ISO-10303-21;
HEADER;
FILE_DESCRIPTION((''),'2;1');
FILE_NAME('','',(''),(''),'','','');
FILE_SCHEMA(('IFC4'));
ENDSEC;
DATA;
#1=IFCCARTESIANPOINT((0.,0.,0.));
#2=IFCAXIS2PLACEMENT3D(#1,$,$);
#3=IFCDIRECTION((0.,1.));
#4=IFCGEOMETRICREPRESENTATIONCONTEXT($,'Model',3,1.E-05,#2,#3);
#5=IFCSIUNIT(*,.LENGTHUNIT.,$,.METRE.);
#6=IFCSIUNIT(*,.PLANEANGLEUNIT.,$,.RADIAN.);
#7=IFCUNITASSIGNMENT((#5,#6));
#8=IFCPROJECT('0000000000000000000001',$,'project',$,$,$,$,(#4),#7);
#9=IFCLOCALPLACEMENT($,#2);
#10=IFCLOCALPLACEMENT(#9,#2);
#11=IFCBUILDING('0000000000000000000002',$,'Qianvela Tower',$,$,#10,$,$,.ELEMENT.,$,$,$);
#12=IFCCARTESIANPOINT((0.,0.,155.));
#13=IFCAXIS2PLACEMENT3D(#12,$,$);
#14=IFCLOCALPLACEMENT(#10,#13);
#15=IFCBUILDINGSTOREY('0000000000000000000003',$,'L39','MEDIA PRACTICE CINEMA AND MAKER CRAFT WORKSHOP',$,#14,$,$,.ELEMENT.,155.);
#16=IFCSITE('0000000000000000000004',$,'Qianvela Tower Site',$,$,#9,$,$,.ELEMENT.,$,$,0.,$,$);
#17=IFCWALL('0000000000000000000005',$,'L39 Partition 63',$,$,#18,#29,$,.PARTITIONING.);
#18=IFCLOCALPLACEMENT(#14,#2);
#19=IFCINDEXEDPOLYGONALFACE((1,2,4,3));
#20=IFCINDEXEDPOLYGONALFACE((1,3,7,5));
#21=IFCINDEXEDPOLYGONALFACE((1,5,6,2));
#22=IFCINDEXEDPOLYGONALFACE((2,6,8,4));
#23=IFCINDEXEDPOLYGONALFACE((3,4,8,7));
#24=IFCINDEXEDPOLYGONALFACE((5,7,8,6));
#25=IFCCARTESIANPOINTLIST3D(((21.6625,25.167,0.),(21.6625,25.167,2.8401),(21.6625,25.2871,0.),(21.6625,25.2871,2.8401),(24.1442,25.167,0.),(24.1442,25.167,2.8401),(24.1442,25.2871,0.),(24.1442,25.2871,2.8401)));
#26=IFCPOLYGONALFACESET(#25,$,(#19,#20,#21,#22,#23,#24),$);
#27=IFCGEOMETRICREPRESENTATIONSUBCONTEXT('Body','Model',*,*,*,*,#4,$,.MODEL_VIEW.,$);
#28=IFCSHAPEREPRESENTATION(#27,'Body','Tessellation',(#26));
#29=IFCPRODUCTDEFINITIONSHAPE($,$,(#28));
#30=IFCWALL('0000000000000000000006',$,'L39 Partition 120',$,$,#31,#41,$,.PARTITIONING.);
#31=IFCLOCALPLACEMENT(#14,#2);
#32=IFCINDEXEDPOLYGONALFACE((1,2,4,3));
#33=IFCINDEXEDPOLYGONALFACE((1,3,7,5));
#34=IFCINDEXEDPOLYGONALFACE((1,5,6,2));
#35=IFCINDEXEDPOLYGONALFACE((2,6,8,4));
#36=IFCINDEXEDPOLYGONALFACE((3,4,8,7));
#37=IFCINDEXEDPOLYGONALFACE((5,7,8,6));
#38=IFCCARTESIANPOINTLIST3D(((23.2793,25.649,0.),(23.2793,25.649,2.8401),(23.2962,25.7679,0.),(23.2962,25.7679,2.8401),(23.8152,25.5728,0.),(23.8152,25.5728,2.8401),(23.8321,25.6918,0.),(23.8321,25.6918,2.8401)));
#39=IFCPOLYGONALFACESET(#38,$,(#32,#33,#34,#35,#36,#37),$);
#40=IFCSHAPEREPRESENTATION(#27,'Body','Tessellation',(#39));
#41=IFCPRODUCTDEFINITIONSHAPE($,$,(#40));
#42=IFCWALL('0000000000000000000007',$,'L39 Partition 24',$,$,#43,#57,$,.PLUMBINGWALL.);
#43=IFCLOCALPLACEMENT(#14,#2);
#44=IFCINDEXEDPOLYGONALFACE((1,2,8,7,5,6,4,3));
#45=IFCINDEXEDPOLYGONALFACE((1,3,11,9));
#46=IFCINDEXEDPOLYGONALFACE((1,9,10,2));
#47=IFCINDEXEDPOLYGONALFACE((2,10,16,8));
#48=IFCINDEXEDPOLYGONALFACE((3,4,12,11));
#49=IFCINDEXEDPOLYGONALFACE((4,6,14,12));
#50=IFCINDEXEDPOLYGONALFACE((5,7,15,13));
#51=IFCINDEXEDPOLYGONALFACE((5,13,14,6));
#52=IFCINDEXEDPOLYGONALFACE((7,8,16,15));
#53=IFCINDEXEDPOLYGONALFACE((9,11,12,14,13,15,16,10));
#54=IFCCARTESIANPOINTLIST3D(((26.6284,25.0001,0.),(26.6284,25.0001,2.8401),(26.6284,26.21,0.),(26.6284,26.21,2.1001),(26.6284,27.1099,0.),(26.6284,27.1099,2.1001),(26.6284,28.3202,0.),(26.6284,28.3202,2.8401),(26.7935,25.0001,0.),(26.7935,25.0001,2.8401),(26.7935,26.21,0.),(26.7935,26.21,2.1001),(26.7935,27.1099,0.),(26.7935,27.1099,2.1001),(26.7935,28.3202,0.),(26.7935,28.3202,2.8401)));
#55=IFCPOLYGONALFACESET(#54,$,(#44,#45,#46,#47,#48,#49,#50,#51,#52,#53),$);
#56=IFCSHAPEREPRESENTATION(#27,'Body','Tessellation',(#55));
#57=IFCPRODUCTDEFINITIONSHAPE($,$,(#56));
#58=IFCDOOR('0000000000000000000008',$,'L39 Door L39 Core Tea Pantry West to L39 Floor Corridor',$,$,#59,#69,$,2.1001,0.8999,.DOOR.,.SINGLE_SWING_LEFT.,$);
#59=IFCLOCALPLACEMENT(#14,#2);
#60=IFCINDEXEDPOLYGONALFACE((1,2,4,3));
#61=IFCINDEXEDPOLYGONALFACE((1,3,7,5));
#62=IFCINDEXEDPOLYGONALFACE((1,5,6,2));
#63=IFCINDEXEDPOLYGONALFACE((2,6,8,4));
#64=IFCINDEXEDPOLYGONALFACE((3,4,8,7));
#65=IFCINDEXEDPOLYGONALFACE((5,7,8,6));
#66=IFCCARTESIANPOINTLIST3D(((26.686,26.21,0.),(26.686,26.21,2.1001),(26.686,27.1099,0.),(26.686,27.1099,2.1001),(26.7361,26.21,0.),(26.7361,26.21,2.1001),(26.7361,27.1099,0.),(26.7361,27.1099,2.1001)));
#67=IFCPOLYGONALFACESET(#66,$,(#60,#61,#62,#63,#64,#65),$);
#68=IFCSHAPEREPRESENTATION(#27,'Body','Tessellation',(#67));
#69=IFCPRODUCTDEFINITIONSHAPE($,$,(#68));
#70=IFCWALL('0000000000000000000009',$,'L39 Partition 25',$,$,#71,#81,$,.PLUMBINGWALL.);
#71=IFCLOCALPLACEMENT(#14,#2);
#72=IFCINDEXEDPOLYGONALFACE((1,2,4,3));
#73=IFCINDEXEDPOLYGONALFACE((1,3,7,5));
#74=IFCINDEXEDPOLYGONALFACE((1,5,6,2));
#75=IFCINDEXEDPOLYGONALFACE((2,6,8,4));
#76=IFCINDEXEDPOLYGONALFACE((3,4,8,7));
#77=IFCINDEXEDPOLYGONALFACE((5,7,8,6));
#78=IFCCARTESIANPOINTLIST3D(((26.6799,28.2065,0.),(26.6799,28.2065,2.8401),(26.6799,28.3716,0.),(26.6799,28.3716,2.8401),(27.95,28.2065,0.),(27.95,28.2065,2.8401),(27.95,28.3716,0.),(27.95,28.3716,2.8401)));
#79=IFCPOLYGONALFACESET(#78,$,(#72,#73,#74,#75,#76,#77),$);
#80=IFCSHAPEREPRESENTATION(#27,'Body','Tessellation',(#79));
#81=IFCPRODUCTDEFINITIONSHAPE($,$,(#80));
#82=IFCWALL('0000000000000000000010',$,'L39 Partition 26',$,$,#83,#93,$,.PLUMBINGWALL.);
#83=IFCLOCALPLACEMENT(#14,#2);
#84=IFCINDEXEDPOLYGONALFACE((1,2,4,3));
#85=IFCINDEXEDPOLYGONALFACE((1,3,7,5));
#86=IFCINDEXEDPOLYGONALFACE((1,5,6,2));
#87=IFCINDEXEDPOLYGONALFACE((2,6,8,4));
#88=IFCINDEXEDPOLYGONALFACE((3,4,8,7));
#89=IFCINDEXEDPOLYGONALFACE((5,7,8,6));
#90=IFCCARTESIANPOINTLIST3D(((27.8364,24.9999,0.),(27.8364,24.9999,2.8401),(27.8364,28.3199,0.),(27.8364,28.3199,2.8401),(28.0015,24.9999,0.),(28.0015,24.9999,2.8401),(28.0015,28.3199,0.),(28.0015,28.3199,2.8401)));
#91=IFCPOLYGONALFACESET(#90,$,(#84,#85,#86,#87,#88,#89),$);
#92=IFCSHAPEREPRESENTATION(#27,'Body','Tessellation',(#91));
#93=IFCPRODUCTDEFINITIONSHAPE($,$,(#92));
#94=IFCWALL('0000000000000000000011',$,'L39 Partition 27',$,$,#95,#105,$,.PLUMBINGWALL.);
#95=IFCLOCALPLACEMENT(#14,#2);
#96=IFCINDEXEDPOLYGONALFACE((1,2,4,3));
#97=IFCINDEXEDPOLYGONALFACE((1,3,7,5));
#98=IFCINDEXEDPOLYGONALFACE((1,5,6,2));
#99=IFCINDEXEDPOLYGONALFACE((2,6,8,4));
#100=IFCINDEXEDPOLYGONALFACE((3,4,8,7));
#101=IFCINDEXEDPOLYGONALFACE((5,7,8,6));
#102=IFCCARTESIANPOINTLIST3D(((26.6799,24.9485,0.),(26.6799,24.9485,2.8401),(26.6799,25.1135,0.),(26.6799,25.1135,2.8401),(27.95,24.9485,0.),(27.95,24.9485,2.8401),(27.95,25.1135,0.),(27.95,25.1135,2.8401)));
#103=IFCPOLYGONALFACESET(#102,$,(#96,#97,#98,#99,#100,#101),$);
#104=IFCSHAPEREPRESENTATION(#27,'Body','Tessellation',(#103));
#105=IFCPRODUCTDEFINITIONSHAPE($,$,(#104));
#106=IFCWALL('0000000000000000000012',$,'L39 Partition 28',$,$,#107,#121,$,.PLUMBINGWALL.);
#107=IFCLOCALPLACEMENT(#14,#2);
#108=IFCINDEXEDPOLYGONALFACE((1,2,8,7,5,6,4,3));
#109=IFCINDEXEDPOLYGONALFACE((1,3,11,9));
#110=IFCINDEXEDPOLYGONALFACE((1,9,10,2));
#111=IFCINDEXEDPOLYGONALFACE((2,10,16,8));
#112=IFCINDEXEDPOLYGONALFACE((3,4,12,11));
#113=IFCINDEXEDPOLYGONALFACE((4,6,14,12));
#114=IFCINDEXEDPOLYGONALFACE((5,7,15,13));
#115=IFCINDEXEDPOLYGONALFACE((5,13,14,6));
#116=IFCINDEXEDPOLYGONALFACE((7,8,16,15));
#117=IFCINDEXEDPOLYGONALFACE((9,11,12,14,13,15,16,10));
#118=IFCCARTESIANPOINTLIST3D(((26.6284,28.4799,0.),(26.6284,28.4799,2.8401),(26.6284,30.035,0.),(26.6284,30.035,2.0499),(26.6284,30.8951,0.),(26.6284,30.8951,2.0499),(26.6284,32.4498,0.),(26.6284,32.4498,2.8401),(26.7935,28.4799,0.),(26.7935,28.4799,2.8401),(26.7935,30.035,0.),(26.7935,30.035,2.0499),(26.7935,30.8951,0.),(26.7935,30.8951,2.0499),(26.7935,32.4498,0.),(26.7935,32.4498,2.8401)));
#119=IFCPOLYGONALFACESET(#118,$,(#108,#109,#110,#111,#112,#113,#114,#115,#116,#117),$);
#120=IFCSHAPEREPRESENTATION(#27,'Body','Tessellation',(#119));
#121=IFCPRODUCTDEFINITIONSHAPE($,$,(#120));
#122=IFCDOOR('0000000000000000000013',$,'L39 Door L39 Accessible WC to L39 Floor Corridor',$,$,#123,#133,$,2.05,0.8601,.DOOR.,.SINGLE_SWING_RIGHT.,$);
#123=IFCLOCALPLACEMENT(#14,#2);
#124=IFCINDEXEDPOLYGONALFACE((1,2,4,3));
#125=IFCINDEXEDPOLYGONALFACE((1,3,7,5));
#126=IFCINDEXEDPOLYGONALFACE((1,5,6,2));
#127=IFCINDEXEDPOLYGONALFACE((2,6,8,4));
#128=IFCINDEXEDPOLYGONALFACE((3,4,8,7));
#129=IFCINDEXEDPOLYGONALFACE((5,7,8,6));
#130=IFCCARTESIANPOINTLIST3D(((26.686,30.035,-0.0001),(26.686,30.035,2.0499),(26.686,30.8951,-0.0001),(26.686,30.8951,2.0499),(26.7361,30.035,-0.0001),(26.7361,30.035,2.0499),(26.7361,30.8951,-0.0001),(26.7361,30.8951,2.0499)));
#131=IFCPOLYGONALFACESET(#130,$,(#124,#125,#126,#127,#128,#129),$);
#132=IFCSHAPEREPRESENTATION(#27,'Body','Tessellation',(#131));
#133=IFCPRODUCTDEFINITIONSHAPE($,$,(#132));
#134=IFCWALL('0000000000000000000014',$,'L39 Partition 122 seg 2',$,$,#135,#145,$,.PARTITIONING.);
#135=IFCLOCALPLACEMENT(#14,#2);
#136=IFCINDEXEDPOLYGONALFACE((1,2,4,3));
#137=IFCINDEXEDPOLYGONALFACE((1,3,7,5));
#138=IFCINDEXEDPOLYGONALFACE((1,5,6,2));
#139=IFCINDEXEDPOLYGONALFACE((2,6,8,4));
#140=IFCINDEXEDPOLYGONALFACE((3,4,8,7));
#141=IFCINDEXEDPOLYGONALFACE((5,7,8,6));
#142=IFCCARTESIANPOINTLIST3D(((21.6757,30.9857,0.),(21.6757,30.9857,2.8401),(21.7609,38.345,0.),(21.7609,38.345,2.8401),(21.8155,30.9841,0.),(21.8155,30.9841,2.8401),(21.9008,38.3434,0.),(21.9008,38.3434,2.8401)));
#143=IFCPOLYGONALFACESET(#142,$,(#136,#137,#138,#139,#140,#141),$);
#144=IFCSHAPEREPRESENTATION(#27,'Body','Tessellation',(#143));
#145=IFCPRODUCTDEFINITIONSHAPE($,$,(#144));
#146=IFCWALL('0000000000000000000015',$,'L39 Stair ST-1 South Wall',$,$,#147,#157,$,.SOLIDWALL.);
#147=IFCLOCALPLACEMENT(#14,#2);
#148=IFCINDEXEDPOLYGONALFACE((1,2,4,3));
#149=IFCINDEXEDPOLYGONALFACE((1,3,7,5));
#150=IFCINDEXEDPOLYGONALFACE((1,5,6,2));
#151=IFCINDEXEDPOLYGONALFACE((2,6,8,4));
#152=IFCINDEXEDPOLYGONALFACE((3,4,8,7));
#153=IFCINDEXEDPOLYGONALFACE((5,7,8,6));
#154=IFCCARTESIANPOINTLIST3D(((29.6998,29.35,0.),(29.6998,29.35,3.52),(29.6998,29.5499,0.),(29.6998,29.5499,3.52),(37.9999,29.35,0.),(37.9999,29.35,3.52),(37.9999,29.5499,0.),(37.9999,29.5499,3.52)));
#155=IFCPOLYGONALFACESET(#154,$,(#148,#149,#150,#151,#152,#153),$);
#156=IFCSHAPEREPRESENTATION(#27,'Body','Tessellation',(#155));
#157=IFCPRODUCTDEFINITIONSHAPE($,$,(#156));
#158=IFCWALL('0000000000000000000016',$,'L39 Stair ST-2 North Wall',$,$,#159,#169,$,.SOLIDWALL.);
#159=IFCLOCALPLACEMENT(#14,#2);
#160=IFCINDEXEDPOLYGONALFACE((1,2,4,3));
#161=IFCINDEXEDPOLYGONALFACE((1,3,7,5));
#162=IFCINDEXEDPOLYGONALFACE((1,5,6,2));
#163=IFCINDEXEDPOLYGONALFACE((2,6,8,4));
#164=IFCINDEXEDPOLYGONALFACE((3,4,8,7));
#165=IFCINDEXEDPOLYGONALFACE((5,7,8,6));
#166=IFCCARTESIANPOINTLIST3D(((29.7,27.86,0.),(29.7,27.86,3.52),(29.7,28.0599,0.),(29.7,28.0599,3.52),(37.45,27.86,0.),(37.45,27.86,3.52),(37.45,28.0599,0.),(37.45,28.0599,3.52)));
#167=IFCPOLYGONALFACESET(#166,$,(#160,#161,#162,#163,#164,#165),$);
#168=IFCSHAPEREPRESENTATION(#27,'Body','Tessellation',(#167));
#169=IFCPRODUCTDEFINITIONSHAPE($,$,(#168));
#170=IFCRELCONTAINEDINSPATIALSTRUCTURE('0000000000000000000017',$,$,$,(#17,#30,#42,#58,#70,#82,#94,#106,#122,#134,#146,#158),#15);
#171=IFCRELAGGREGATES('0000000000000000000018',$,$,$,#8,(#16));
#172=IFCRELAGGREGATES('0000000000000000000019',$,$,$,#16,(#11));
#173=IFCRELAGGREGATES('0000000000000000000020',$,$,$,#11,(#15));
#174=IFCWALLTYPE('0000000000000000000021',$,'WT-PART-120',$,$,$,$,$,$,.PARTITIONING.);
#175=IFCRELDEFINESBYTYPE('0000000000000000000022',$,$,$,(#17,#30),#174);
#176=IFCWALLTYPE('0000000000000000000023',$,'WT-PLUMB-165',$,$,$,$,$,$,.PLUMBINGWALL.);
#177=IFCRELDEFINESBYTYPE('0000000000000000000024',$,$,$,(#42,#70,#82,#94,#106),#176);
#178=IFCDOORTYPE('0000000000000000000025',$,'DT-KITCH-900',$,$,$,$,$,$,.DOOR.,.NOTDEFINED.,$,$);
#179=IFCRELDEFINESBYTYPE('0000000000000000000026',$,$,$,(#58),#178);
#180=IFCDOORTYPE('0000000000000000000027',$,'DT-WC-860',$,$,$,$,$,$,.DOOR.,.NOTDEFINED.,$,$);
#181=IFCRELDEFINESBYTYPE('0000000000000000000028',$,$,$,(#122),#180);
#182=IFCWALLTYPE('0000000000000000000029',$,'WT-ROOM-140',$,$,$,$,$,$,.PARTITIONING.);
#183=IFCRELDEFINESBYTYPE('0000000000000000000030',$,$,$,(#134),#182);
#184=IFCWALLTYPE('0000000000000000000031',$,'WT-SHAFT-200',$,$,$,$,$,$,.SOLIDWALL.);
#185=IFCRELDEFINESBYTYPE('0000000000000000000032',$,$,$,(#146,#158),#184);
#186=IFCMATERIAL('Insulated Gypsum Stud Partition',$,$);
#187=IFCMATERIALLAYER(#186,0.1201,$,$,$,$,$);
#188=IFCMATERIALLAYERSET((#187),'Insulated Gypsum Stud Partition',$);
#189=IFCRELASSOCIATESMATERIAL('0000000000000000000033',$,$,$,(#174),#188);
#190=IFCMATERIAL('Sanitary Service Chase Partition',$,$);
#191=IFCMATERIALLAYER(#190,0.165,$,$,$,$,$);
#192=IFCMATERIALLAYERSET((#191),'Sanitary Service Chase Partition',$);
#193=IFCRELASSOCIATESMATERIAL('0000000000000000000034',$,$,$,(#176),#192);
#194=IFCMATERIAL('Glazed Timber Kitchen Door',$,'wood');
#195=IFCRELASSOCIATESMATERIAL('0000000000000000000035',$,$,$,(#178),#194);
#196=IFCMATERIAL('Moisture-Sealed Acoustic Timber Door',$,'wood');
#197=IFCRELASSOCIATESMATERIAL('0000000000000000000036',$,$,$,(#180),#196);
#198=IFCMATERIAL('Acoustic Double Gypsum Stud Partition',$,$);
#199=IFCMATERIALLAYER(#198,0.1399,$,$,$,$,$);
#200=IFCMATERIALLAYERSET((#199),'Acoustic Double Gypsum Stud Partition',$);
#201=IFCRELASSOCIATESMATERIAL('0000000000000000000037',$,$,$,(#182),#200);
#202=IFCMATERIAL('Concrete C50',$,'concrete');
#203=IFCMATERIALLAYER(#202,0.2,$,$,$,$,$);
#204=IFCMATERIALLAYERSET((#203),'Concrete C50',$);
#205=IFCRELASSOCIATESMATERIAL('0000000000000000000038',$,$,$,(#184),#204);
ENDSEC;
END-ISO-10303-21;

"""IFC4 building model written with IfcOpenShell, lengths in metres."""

from ifc_helpers import new_model, si_unit, direction, frame, frame_2d, origin, place, context, subcontext, project, spatial, rectangle, extrude, material, layer, layer_set, type_object, element, fill, save


model = new_model("IFC4")

# Units and contexts
model_context = context("Model", 3, precision=1e-05, world=origin(), true_north=direction((0.0, 1.0)))
body_context = subcontext(model_context, "Body", "Model", "MODEL_VIEW")
ifc_project = project(units=[si_unit("LENGTHUNIT", "METRE"), si_unit("PLANEANGLEUNIT", "RADIAN")], contexts=[model_context])

# Site, building, storey
site_placement = place(None, origin())
site = spatial("IfcSite", under=ifc_project, at=site_placement, Name="Qianvela Tower Site", CompositionType="ELEMENT", RefElevation=0.0)
building_placement = place(site_placement, origin())
building = spatial("IfcBuilding", under=site, at=building_placement, Name="Qianvela Tower", CompositionType="ELEMENT")
storey_placement = place(building_placement, frame((0.0, 0.0, 155.0)))
storey = spatial("IfcBuildingStorey", under=building, at=storey_placement, Name="L39", Description="MEDIA PRACTICE CINEMA AND MAKER CRAFT WORKSHOP", CompositionType="ELEMENT", Elevation=155.0)

# Walls
ifc_material_1 = material(Name="Insulated Gypsum Stud Partition")
ifc_layer_1 = layer(ifc_material_1, 0.1201)
ifc_layer_set_1 = layer_set([ifc_layer_1], Name="Insulated Gypsum Stud Partition")
wall_type_1 = type_object("IfcWallType", Name="WT-PART-120", PredefinedType="PARTITIONING", material=ifc_layer_set_1)
wall_1_placement = place(storey_placement, frame((21.6626, 25.2271, 0.0), z_axis=(0.0, 0.0, 1.0), x_axis=(1.0, 0.0, 0.0)))
element("IfcWall", 1, at=wall_1_placement, inside=storey, type_object=wall_type_1, Name="L39 Partition 63", PredefinedType="PARTITIONING", context=body_context, shape_type="SweptSolid", body=[
    extrude(rectangle(XDim=2.4817, YDim=0.1201, at=frame_2d((1.2407, 0.0))), origin(), (0.0, 0.0, 1.0), 2.8401),
])
wall_2_placement = place(storey_placement, frame((23.8235, 25.6323, 0.0), z_axis=(0.0, 0.0, 1.0), x_axis=(-0.990048, 0.140727, 0.0)))
element("IfcWall", 2, at=wall_2_placement, inside=storey, type_object=wall_type_1, Name="L39 Partition 120", PredefinedType="PARTITIONING", context=body_context, shape_type="SweptSolid", body=[
    extrude(rectangle(XDim=0.5413, YDim=0.1201, at=frame_2d((0.2705, 0.0))), origin(), (0.0, 0.0, 1.0), 2.8401),
])

# Wall, opening, door
ifc_material_2 = material(Name="Sanitary Service Chase Partition")
ifc_layer_2 = layer(ifc_material_2, 0.165)
ifc_layer_set_2 = layer_set([ifc_layer_2], Name="Sanitary Service Chase Partition")
wall_type_2 = type_object("IfcWallType", Name="WT-PLUMB-165", PredefinedType="PLUMBINGWALL", material=ifc_layer_set_2)
wall_3_placement = place(storey_placement, frame((26.7109, 25.0, 0.0), z_axis=(0.0, 0.0, 1.0), x_axis=(0.0, 1.0, 0.0)))
wall_3 = element("IfcWall", 3, at=wall_3_placement, inside=storey, type_object=wall_type_2, Name="L39 Partition 24", PredefinedType="PLUMBINGWALL", context=body_context, shape_type="SweptSolid", body=[
    extrude(rectangle(XDim=3.3201, YDim=0.165, at=frame_2d((1.6602, 0.0))), origin(), (0.0, 0.0, 1.0), 2.8401),
])
opening_1_placement = place(wall_3_placement, frame((1.21, 0.0, 0.0)))
opening_1 = element("IfcOpeningElement", 4, at=opening_1_placement, cuts=wall_3, PredefinedType="OPENING", context=body_context, shape_type="SweptSolid", body=[
    extrude(rectangle(XDim=0.8999, YDim=2.1001, at=frame_2d((0.45, 1.05))), frame((0.0, 0.0925, 0.0), z_axis=(0.0, -1.0, 0.0), x_axis=(1.0, 0.0, 0.0)), (0.0, 0.0, 1.0), 0.1851),
])
ifc_material_3 = material(Name="Glazed Timber Kitchen Door", Category="wood")
door_type_1 = type_object("IfcDoorType", Name="DT-KITCH-900", OperationType="NOTDEFINED", PredefinedType="DOOR", material=ifc_material_3)
door_1_placement = place(opening_1_placement, origin())
door_1 = element("IfcDoor", 5, at=door_1_placement, inside=storey, type_object=door_type_1, Name="L39 Door L39 Core Tea Pantry West to L39 Floor Corridor", OperationType="SINGLE_SWING_LEFT", OverallHeight=2.1001, OverallWidth=0.8999, PredefinedType="DOOR", context=body_context, shape_type="SweptSolid", body=[
    extrude(rectangle(XDim=0.8999, YDim=2.1001, at=frame_2d((0.45, 1.05))), frame((0.0, 0.0249, 0.0), z_axis=(0.0, -1.0, 0.0), x_axis=(1.0, 0.0, 0.0)), (0.0, 0.0, 1.0), 0.05),
])
fill(opening_1, door_1)

# Walls
wall_4_placement = place(storey_placement, frame((26.6799, 28.2891, 0.0), z_axis=(0.0, 0.0, 1.0), x_axis=(1.0, 0.0, 0.0)))
element("IfcWall", 6, at=wall_4_placement, inside=storey, type_object=wall_type_2, Name="L39 Partition 25", PredefinedType="PLUMBINGWALL", context=body_context, shape_type="SweptSolid", body=[
    extrude(rectangle(XDim=1.27, YDim=0.165, at=frame_2d((0.635, 0.0))), origin(), (0.0, 0.0, 1.0), 2.8401),
])
wall_5_placement = place(storey_placement, frame((27.9189, 28.3201, 0.0), z_axis=(0.0, 0.0, 1.0), x_axis=(0.0, -1.0, 0.0)))
element("IfcWall", 7, at=wall_5_placement, inside=storey, type_object=wall_type_2, Name="L39 Partition 26", PredefinedType="PLUMBINGWALL", context=body_context, shape_type="SweptSolid", body=[
    extrude(rectangle(XDim=3.3201, YDim=0.165, at=frame_2d((1.6602, 0.0))), origin(), (0.0, 0.0, 1.0), 2.8401),
])
wall_6_placement = place(storey_placement, frame((27.95, 25.031, 0.0), z_axis=(0.0, 0.0, 1.0), x_axis=(-1.0, 0.0, 0.0)))
element("IfcWall", 8, at=wall_6_placement, inside=storey, type_object=wall_type_2, Name="L39 Partition 27", PredefinedType="PLUMBINGWALL", context=body_context, shape_type="SweptSolid", body=[
    extrude(rectangle(XDim=1.27, YDim=0.165, at=frame_2d((0.635, 0.0))), origin(), (0.0, 0.0, 1.0), 2.8401),
])

# Wall, opening, door
wall_7_placement = place(storey_placement, frame((26.7109, 28.48, 0.0), z_axis=(0.0, 0.0, 1.0), x_axis=(0.0, 1.0, 0.0)))
wall_7 = element("IfcWall", 9, at=wall_7_placement, inside=storey, type_object=wall_type_2, Name="L39 Partition 28", PredefinedType="PLUMBINGWALL", context=body_context, shape_type="SweptSolid", body=[
    extrude(rectangle(XDim=3.97, YDim=0.165, at=frame_2d((1.9849, 0.0))), origin(), (0.0, 0.0, 1.0), 2.8401),
])
opening_2_placement = place(wall_7_placement, frame((1.5549, 0.0, 0.0)))
opening_2 = element("IfcOpeningElement", 10, at=opening_2_placement, cuts=wall_7, PredefinedType="OPENING", context=body_context, shape_type="SweptSolid", body=[
    extrude(rectangle(XDim=0.8601, YDim=2.05, at=frame_2d((0.4302, 1.0249))), frame((0.0, 0.0925, 0.0), z_axis=(0.0, -1.0, 0.0), x_axis=(1.0, 0.0, 0.0)), (0.0, 0.0, 1.0), 0.1851),
])
ifc_material_4 = material(Name="Moisture-Sealed Acoustic Timber Door", Category="wood")
door_type_2 = type_object("IfcDoorType", Name="DT-WC-860", OperationType="NOTDEFINED", PredefinedType="DOOR", material=ifc_material_4)
door_2_placement = place(opening_2_placement, origin())
door_2 = element("IfcDoor", 11, at=door_2_placement, inside=storey, type_object=door_type_2, Name="L39 Door L39 Accessible WC to L39 Floor Corridor", OperationType="SINGLE_SWING_RIGHT", OverallHeight=2.05, OverallWidth=0.8601, PredefinedType="DOOR", context=body_context, shape_type="SweptSolid", body=[
    extrude(rectangle(XDim=0.8601, YDim=2.05, at=frame_2d((0.4302, 1.0249))), frame((0.0, 0.0249, 0.0), z_axis=(0.0, -1.0, 0.0), x_axis=(1.0, 0.0, 0.0)), (0.0, 0.0, 1.0), 0.05),
])
fill(opening_2, door_2)

# Walls
ifc_material_5 = material(Name="Acoustic Double Gypsum Stud Partition")
ifc_layer_3 = layer(ifc_material_5, 0.1399)
ifc_layer_set_3 = layer_set([ifc_layer_3], Name="Acoustic Double Gypsum Stud Partition")
wall_type_3 = type_object("IfcWallType", Name="WT-ROOM-140", PredefinedType="PARTITIONING", material=ifc_layer_set_3)
wall_8_placement = place(storey_placement, frame((21.7456, 30.9849, 0.0), z_axis=(0.0, 0.0, 1.0), x_axis=(0.011577, 0.999933, 0.0)))
element("IfcWall", 12, at=wall_8_placement, inside=storey, type_object=wall_type_3, Name="L39 Partition 122 seg 2", PredefinedType="PARTITIONING", context=body_context, shape_type="SweptSolid", body=[
    extrude(rectangle(XDim=7.3599, YDim=0.1399, at=frame_2d((3.6799, 0.0))), origin(), (0.0, 0.0, 1.0), 2.8401),
])
ifc_material_6 = material(Name="Concrete C50", Category="concrete")
ifc_layer_4 = layer(ifc_material_6, 0.2)
ifc_layer_set_4 = layer_set([ifc_layer_4], Name="Concrete C50")
wall_type_4 = type_object("IfcWallType", Name="WT-SHAFT-200", PredefinedType="SOLIDWALL", material=ifc_layer_set_4)
wall_9_placement = place(storey_placement, frame((29.7, 29.45, 0.0), z_axis=(0.0, 0.0, 1.0), x_axis=(1.0, 0.0, 0.0)))
element("IfcWall", 13, at=wall_9_placement, inside=storey, type_object=wall_type_4, Name="L39 Stair ST-1 South Wall", PredefinedType="SOLIDWALL", context=body_context, shape_type="SweptSolid", body=[
    extrude(rectangle(XDim=8.3, YDim=0.2, at=frame_2d((4.1499, 0.0))), origin(), (0.0, 0.0, 1.0), 3.52),
])
wall_10_placement = place(storey_placement, frame((29.7, 27.96, 0.0), z_axis=(0.0, 0.0, 1.0), x_axis=(1.0, 0.0, 0.0)))
element("IfcWall", 14, at=wall_10_placement, inside=storey, type_object=wall_type_4, Name="L39 Stair ST-2 North Wall", PredefinedType="SOLIDWALL", context=body_context, shape_type="SweptSolid", body=[
    extrude(rectangle(XDim=7.75, YDim=0.2, at=frame_2d((3.875, 0.0))), origin(), (0.0, 0.0, 1.0), 3.52),
])

save(model, "model.ifc")
